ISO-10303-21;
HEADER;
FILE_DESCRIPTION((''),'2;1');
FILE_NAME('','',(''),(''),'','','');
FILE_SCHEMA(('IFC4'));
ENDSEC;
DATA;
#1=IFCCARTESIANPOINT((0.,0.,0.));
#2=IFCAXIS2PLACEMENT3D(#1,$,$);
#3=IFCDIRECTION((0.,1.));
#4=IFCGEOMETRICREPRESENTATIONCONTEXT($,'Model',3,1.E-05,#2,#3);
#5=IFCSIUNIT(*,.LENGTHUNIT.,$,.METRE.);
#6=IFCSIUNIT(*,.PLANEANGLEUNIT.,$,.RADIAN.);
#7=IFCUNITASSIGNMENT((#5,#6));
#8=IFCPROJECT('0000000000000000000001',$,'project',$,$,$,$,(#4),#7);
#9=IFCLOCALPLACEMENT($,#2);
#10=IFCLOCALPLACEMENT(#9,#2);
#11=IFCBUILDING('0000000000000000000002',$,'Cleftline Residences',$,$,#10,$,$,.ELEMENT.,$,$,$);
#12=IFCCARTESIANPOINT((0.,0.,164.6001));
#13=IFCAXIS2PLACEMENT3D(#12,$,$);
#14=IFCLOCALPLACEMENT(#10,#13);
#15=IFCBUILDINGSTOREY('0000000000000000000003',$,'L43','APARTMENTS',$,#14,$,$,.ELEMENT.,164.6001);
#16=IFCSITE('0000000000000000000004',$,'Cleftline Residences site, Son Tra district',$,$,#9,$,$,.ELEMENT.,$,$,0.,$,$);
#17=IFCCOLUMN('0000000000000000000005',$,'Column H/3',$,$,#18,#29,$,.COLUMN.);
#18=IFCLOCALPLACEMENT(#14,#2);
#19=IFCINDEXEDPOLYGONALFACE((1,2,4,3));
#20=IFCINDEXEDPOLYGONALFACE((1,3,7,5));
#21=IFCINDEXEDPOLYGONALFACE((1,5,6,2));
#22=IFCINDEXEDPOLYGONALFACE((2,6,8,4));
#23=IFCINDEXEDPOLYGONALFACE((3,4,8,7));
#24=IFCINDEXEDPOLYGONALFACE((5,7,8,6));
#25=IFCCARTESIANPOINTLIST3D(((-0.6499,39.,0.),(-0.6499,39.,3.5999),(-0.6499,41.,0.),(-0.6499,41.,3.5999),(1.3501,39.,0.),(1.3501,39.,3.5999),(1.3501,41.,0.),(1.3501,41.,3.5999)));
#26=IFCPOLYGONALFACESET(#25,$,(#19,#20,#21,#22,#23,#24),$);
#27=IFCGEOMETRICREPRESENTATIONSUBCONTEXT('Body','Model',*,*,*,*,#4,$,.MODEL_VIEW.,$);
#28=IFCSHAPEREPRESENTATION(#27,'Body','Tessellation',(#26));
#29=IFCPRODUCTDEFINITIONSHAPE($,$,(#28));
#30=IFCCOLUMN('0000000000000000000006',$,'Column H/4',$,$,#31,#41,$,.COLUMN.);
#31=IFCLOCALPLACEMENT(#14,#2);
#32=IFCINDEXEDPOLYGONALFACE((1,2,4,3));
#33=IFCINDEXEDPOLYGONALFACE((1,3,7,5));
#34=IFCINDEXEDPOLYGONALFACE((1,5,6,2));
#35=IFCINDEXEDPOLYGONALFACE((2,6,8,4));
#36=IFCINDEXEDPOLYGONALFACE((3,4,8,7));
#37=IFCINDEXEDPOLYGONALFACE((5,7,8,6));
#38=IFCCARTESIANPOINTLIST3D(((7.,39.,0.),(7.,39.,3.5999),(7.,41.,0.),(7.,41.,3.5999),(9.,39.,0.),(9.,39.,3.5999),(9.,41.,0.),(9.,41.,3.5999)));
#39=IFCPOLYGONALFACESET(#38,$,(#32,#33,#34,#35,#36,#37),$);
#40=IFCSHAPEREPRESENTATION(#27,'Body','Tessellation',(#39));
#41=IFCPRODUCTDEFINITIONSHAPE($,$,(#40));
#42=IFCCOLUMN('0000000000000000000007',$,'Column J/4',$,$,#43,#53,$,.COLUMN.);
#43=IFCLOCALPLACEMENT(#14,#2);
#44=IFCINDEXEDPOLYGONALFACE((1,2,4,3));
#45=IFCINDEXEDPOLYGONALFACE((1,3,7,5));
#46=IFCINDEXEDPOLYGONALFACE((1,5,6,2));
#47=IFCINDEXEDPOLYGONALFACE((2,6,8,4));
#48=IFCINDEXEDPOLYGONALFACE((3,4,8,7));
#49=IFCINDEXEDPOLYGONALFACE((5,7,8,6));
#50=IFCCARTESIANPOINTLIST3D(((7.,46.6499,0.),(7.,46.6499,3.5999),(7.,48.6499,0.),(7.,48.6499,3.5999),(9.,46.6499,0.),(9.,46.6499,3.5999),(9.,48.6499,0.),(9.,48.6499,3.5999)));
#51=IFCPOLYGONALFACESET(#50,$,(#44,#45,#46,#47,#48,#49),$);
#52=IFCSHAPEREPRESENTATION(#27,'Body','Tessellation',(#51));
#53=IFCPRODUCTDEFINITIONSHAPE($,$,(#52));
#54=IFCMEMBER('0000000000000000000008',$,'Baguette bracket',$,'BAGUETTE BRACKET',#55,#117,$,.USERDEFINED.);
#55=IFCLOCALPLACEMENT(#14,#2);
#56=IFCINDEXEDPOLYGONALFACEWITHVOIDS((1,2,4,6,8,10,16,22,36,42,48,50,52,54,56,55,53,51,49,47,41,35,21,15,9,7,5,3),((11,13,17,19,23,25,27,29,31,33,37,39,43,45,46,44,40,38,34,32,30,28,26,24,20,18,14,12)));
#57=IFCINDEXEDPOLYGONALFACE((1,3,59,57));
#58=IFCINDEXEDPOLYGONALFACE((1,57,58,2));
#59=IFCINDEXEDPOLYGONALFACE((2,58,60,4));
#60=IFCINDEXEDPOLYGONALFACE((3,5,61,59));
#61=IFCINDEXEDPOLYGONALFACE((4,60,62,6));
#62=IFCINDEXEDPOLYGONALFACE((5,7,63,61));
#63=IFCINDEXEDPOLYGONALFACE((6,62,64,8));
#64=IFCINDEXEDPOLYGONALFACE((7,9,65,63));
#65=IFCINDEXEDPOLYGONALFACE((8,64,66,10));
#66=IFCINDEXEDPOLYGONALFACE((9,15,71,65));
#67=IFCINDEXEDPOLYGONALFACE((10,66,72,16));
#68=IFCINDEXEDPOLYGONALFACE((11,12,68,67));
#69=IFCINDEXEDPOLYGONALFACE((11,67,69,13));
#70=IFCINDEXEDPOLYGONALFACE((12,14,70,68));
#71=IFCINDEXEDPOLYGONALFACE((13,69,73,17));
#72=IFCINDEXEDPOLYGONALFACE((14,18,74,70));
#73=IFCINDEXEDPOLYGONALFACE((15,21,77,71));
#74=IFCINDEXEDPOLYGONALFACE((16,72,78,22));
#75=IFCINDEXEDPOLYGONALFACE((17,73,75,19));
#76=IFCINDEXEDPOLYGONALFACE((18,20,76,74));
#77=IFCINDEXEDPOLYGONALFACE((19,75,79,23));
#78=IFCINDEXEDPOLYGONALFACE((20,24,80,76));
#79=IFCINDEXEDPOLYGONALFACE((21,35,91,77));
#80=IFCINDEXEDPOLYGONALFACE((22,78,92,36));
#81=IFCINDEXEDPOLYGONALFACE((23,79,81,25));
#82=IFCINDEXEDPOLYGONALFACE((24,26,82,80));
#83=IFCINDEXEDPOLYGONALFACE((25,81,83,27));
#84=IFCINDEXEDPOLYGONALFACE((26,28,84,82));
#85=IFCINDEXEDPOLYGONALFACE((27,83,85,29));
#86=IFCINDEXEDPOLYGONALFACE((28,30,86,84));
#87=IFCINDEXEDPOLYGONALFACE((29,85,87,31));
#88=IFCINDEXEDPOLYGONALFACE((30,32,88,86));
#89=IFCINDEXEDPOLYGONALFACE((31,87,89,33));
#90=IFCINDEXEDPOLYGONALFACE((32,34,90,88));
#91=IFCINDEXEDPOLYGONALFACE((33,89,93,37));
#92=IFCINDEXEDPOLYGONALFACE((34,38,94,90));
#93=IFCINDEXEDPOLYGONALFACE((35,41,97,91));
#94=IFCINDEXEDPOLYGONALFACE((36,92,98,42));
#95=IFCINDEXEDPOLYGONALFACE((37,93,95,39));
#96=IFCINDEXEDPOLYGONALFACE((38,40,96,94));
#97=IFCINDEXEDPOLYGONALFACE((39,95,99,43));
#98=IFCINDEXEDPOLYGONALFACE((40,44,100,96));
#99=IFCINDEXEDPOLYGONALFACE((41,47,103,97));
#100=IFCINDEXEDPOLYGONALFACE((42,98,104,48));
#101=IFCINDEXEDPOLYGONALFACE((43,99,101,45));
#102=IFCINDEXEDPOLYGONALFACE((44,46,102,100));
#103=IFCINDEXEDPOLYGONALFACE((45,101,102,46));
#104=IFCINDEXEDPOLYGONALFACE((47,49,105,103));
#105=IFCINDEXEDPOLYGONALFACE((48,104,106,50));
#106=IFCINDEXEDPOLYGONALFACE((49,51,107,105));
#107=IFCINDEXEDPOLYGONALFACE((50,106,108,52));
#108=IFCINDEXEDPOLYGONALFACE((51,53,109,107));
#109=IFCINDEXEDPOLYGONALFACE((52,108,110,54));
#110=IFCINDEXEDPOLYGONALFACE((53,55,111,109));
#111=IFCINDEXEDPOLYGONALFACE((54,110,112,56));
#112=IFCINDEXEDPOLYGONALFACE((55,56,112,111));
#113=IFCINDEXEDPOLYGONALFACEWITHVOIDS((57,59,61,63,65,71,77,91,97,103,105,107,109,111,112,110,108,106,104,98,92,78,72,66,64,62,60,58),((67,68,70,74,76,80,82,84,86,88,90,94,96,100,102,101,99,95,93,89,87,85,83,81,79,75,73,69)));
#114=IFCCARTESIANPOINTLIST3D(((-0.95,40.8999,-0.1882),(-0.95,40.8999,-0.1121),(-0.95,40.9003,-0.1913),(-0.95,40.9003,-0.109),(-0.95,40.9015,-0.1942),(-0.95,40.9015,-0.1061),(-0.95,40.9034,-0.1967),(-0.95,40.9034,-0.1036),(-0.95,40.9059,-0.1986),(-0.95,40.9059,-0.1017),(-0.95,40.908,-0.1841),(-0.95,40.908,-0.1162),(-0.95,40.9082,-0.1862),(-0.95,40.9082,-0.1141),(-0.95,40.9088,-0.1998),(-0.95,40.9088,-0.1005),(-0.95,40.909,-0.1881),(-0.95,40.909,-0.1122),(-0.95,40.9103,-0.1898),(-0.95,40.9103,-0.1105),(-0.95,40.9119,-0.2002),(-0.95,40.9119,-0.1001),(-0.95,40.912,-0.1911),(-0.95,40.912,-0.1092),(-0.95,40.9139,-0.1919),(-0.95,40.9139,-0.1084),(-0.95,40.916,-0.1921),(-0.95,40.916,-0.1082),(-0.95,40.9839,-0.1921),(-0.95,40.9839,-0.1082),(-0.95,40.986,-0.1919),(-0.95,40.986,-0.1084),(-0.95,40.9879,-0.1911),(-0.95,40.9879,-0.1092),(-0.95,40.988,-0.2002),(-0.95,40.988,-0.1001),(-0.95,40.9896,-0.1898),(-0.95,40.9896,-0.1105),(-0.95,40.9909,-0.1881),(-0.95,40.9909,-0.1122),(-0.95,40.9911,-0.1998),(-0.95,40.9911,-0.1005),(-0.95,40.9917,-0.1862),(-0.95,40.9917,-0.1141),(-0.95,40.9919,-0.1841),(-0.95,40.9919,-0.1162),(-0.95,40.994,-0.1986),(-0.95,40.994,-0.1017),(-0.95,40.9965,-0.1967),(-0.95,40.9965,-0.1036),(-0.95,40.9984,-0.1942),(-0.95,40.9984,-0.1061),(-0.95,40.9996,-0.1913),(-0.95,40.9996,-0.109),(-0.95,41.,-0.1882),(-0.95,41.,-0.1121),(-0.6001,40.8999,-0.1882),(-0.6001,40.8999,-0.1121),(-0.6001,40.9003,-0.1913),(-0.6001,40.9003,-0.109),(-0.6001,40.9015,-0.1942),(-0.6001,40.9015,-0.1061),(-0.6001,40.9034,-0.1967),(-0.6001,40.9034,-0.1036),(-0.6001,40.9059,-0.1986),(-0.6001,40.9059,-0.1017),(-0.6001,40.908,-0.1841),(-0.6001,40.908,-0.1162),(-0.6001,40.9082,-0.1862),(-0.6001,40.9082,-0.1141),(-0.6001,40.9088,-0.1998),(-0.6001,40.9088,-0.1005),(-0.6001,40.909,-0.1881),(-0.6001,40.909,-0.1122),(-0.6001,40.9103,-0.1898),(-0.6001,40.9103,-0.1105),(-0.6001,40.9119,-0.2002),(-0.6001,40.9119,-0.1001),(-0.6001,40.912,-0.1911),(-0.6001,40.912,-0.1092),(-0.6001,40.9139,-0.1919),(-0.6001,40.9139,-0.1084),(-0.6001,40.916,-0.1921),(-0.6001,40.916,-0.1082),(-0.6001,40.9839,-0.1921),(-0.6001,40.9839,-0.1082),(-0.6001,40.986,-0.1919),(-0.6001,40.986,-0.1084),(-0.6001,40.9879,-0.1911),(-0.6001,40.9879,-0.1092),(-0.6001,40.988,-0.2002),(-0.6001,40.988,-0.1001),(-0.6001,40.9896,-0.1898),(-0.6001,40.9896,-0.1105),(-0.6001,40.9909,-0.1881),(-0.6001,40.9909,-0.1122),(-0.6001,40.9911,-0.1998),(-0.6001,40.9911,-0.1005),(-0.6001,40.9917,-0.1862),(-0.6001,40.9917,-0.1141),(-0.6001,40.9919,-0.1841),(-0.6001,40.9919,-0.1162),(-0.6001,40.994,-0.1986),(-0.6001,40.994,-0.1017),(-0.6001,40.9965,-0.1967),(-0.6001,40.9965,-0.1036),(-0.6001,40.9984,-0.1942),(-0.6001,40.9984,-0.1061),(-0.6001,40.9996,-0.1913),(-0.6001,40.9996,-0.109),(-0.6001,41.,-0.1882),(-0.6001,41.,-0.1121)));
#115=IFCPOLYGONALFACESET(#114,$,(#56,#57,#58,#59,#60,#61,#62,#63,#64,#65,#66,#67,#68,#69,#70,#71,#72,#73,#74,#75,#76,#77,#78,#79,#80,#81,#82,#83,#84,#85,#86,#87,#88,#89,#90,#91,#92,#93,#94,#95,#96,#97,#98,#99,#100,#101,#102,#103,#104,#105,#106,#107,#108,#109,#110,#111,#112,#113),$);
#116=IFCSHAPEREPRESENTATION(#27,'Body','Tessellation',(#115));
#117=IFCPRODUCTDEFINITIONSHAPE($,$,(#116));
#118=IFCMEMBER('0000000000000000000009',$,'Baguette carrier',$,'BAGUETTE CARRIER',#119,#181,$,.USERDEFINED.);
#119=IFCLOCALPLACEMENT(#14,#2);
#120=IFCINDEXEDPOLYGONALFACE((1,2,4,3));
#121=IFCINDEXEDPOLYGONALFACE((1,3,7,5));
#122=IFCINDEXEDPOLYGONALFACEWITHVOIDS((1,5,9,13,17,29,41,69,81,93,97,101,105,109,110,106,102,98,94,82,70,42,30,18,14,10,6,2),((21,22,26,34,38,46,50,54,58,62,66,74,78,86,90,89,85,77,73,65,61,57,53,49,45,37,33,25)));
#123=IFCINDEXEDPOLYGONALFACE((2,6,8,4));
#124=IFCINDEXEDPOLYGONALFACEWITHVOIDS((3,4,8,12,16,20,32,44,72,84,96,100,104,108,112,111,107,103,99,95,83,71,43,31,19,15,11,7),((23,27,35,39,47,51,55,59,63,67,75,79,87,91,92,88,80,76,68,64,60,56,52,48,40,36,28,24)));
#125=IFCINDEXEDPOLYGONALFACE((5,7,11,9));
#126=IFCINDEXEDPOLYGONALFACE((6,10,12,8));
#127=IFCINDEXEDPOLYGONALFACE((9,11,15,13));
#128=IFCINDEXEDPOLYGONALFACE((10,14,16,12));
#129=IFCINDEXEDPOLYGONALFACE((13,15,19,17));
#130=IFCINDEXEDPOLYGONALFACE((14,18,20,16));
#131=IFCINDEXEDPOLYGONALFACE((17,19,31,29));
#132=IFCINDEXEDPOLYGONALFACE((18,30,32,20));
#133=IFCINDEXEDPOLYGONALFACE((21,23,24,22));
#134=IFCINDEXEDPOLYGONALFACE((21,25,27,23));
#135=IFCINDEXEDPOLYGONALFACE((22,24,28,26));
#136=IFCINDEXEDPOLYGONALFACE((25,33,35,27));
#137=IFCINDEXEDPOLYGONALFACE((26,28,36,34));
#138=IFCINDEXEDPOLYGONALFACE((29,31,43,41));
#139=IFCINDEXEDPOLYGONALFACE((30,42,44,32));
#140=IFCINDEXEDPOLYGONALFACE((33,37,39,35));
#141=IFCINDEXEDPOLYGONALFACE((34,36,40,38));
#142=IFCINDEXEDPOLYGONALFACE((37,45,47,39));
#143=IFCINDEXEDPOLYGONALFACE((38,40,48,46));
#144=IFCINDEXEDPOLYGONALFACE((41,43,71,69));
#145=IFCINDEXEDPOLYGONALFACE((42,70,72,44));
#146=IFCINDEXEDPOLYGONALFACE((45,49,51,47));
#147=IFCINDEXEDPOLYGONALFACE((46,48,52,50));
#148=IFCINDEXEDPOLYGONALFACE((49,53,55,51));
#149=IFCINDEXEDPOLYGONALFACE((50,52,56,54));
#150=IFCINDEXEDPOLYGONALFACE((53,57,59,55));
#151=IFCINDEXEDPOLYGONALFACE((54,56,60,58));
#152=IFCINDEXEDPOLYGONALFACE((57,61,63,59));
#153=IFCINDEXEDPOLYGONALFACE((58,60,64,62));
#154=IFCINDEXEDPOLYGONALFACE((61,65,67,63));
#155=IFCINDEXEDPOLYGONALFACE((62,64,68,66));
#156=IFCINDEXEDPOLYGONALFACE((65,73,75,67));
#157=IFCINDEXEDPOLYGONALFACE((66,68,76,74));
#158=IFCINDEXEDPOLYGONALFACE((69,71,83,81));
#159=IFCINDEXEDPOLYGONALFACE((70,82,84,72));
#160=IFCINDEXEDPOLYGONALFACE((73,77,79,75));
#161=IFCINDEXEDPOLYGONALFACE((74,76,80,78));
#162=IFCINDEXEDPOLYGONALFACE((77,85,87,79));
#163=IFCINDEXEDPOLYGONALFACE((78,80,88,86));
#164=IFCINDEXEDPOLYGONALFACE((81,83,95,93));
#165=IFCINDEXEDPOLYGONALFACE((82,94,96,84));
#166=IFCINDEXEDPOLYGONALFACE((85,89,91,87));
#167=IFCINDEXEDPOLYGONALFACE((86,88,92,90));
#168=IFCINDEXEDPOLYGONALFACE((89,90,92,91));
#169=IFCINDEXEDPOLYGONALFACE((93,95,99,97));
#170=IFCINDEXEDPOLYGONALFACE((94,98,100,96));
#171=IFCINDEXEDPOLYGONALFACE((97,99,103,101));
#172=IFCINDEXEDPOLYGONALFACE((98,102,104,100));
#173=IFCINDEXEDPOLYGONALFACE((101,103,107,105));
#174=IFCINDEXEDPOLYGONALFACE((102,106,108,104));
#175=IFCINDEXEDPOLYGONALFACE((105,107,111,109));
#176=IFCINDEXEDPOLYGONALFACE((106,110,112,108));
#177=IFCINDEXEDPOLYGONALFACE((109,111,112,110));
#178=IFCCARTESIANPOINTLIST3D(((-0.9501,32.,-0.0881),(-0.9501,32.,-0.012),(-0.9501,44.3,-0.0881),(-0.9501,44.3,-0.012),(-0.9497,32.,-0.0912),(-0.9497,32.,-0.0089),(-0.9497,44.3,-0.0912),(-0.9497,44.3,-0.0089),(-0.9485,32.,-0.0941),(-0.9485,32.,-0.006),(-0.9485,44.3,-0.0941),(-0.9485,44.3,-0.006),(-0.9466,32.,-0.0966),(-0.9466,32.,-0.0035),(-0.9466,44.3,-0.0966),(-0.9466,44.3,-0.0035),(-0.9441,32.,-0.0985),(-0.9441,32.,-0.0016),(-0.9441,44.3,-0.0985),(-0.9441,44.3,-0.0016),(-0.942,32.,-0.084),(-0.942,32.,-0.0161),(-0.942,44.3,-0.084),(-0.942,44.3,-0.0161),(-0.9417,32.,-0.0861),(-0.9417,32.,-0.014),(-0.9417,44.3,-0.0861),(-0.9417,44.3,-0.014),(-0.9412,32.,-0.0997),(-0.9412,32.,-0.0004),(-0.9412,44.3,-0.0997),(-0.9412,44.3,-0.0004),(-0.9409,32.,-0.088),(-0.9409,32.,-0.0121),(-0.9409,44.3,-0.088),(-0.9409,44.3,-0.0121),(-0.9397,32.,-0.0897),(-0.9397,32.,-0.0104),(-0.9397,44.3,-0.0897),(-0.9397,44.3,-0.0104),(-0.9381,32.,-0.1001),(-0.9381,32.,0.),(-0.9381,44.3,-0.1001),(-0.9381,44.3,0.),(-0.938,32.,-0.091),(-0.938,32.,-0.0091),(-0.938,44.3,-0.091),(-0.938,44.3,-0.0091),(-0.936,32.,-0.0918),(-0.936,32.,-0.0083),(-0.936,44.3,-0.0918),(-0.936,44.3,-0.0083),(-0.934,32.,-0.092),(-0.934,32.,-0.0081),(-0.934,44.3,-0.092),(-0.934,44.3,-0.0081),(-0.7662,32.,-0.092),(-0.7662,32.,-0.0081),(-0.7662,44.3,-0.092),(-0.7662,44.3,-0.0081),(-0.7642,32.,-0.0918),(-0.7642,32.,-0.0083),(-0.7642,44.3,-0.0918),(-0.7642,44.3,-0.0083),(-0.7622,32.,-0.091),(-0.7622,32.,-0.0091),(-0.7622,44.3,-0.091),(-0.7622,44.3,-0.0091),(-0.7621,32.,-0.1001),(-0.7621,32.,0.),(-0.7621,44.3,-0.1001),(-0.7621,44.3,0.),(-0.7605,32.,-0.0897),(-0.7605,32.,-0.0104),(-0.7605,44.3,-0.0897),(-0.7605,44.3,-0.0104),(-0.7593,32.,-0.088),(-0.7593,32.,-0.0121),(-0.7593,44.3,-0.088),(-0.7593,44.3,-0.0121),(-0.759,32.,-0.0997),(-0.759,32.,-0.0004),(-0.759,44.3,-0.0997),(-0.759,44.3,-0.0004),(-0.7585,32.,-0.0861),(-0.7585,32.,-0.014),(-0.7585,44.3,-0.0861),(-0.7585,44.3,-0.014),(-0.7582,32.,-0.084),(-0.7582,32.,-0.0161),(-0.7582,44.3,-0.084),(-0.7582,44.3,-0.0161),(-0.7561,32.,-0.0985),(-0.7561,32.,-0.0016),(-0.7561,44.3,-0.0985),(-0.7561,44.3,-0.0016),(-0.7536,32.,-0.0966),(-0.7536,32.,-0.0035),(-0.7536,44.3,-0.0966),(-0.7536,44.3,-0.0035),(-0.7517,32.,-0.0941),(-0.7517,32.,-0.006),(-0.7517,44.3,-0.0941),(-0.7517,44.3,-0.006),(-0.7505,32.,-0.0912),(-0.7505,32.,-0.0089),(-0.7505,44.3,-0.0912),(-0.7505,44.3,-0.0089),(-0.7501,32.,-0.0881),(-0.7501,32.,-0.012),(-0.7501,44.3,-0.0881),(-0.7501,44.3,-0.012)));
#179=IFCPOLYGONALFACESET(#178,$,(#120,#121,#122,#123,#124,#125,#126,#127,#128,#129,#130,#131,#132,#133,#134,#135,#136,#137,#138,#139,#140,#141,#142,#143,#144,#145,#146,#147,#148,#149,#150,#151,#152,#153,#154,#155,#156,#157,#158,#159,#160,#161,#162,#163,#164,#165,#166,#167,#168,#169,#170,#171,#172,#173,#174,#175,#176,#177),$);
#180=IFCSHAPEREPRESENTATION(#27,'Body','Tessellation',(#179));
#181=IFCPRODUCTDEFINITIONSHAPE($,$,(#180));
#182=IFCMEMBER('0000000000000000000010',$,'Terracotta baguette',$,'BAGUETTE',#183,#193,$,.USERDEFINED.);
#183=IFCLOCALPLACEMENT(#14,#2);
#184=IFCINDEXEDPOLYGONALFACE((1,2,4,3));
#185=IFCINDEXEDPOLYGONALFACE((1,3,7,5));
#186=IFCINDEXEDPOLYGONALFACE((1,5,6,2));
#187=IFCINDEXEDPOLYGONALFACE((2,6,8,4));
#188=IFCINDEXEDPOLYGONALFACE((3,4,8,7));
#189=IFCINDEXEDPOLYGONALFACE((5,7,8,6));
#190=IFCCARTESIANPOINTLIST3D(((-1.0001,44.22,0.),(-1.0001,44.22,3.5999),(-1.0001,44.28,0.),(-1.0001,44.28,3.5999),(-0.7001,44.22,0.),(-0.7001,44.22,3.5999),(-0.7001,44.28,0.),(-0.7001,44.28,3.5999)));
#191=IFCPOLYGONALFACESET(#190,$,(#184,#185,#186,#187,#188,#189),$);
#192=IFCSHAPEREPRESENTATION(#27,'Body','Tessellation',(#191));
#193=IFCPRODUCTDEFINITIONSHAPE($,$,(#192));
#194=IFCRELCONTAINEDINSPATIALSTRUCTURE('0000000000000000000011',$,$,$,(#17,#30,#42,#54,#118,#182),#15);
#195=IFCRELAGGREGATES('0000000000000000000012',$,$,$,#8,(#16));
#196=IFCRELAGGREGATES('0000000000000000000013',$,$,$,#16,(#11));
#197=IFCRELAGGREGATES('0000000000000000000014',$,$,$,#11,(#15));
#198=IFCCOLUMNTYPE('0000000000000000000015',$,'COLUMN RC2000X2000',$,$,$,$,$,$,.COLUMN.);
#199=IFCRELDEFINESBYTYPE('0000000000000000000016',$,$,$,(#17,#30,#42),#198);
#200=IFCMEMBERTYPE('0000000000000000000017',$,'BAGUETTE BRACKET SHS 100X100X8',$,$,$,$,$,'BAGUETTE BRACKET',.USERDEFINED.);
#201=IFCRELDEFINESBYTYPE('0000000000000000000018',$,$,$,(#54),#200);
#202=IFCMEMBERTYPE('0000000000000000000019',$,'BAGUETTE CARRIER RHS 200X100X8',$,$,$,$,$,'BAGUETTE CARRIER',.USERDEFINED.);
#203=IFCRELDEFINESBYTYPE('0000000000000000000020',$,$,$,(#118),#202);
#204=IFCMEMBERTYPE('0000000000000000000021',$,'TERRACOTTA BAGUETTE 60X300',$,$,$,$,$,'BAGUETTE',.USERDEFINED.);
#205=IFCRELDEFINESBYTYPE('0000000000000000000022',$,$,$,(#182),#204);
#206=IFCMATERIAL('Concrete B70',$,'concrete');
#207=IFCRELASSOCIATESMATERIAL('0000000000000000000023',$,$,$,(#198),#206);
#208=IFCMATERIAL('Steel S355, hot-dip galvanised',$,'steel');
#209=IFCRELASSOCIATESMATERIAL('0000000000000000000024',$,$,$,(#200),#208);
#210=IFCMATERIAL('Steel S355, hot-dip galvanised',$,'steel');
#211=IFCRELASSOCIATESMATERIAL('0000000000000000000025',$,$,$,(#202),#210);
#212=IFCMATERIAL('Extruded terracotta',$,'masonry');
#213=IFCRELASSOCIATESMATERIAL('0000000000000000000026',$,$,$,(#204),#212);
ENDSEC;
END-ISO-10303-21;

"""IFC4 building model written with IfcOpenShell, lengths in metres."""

from ifc_helpers import new_model, si_unit, direction, frame, origin, origin_2d, place, context, subcontext, project, spatial, rectangle, hollow_rectangle, extrude, material, material_profile, profile_set, type_object, element, save


model = new_model("IFC4")

# Units and contexts
model_context = context("Model", 3, precision=1e-05, world=origin(), true_north=direction((0.0, 1.0)))
body_context = subcontext(model_context, "Body", "Model", "MODEL_VIEW")
ifc_project = project(units=[si_unit("LENGTHUNIT", "METRE"), si_unit("PLANEANGLEUNIT", "RADIAN")], contexts=[model_context])

# Site, building, storey
site_placement = place(None, origin())
site = spatial("IfcSite", under=ifc_project, at=site_placement, Name="Cleftline Residences site, Son Tra district", CompositionType="ELEMENT", RefElevation=0.0)
building_placement = place(site_placement, origin())
building = spatial("IfcBuilding", under=site, at=building_placement, Name="Cleftline Residences", CompositionType="ELEMENT")
storey_placement = place(building_placement, frame((0.0, 0.0, 164.6001)))
storey = spatial("IfcBuildingStorey", under=building, at=storey_placement, Name="L43", Description="APARTMENTS", CompositionType="ELEMENT", Elevation=164.6001)

# Columns
ifc_material_1 = material(Name="Concrete B70", Category="concrete")
ifc_material_profile_1 = material_profile(ifc_material_1, rectangle(XDim=2.0, YDim=2.0, at=origin_2d()))
ifc_profile_set_1 = profile_set([ifc_material_profile_1], Name="Concrete B70")
column_type = type_object("IfcColumnType", Name="COLUMN RC2000X2000", PredefinedType="COLUMN", material=ifc_profile_set_1)
for number, where, z_axis, x_axis, name in (
    (1, (0.3501, 40.0, 0.0), (0.0, 0.0, 1.0), (1.0, 0.0, 0.0), "Column H/3"),
    (2, (8.0, 40.0, 0.0), (0.0, 0.0, 1.0), (1.0, 0.0, 0.0), "Column H/4"),
    (3, (8.0, 47.6499, 0.0), (0.0, 0.0, 1.0), (1.0, 0.0, 0.0), "Column J/4"),
):
    element("IfcColumn", number, at=place(storey_placement, frame(where, z_axis=z_axis, x_axis=x_axis)), inside=storey, type_object=column_type, Name=name, PredefinedType="COLUMN", context=body_context, shape_type="SweptSolid", body=[
        extrude(rectangle(XDim=2.0, YDim=2.0, at=origin_2d()), origin(), (0.0, 0.0, 1.0), 3.5999),
    ])

# Members
ifc_material_2 = material(Name="Steel S355, hot-dip galvanised", Category="steel")
ifc_material_profile_2 = material_profile(ifc_material_2, hollow_rectangle(XDim=0.1001, YDim=0.1001, WallThickness=0.0081, InnerFilletRadius=0.0081, OuterFilletRadius=0.012, at=origin_2d()))
ifc_profile_set_2 = profile_set([ifc_material_profile_2], Name="Steel S355, hot-dip galvanised")
member_type_1 = type_object("IfcMemberType", Name="BAGUETTE BRACKET SHS 100X100X8", ElementType="BAGUETTE BRACKET", PredefinedType="USERDEFINED", material=ifc_profile_set_2)
member_1_placement = place(storey_placement, frame((-0.6001, 40.95, -0.1501), z_axis=(-1.0, 0.0, 0.0), x_axis=(0.0, -1.0, 0.0)))
element("IfcMember", 4, at=member_1_placement, inside=storey, type_object=member_type_1, Name="Baguette bracket", ObjectType="BAGUETTE BRACKET", PredefinedType="USERDEFINED", context=body_context, shape_type="SweptSolid", body=[
    extrude(hollow_rectangle(XDim=0.1001, YDim=0.1001, WallThickness=0.0081, InnerFilletRadius=0.0081, OuterFilletRadius=0.012, at=origin_2d()), origin(), (0.0, 0.0, 1.0), 0.3499),
])
ifc_material_3 = material(Name="Steel S355, hot-dip galvanised", Category="steel")
ifc_material_profile_3 = material_profile(ifc_material_3, hollow_rectangle(XDim=0.1001, YDim=0.2, WallThickness=0.0081, InnerFilletRadius=0.0081, OuterFilletRadius=0.012, at=origin_2d()))
ifc_profile_set_3 = profile_set([ifc_material_profile_3], Name="Steel S355, hot-dip galvanised")
member_type_2 = type_object("IfcMemberType", Name="BAGUETTE CARRIER RHS 200X100X8", ElementType="BAGUETTE CARRIER", PredefinedType="USERDEFINED", material=ifc_profile_set_3)
member_2_placement = place(storey_placement, frame((-0.8501, 44.3, -0.05), z_axis=(0.0, -1.0, 0.0), x_axis=(0.0, 0.0, 1.0)))
element("IfcMember", 5, at=member_2_placement, inside=storey, type_object=member_type_2, Name="Baguette carrier", ObjectType="BAGUETTE CARRIER", PredefinedType="USERDEFINED", context=body_context, shape_type="SweptSolid", body=[
    extrude(hollow_rectangle(XDim=0.1001, YDim=0.2, WallThickness=0.0081, InnerFilletRadius=0.0081, OuterFilletRadius=0.012, at=origin_2d()), origin(), (0.0, 0.0, 1.0), 12.3),
])
ifc_material_4 = material(Name="Extruded terracotta", Category="masonry")
ifc_material_profile_4 = material_profile(ifc_material_4, rectangle(XDim=0.0601, YDim=0.3, at=origin_2d()))
ifc_profile_set_4 = profile_set([ifc_material_profile_4], Name="Extruded terracotta")
member_type_3 = type_object("IfcMemberType", Name="TERRACOTTA BAGUETTE 60X300", ElementType="BAGUETTE", PredefinedType="USERDEFINED", material=ifc_profile_set_4)
for number, where, z_axis, x_axis, name in (
    (6, (-0.8501, 44.25, 0.0), (0.0, 0.0, 1.0), (0.0, 1.0, 0.0), "Terracotta baguette"),
):
    element("IfcMember", number, at=place(storey_placement, frame(where, z_axis=z_axis, x_axis=x_axis)), inside=storey, type_object=member_type_3, Name=name, ObjectType="BAGUETTE", PredefinedType="USERDEFINED", context=body_context, shape_type="SweptSolid", body=[
        extrude(rectangle(XDim=0.0601, YDim=0.3, at=origin_2d()), origin(), (0.0, 0.0, 1.0), 3.5999),
    ])

save(model, "model.ifc")
